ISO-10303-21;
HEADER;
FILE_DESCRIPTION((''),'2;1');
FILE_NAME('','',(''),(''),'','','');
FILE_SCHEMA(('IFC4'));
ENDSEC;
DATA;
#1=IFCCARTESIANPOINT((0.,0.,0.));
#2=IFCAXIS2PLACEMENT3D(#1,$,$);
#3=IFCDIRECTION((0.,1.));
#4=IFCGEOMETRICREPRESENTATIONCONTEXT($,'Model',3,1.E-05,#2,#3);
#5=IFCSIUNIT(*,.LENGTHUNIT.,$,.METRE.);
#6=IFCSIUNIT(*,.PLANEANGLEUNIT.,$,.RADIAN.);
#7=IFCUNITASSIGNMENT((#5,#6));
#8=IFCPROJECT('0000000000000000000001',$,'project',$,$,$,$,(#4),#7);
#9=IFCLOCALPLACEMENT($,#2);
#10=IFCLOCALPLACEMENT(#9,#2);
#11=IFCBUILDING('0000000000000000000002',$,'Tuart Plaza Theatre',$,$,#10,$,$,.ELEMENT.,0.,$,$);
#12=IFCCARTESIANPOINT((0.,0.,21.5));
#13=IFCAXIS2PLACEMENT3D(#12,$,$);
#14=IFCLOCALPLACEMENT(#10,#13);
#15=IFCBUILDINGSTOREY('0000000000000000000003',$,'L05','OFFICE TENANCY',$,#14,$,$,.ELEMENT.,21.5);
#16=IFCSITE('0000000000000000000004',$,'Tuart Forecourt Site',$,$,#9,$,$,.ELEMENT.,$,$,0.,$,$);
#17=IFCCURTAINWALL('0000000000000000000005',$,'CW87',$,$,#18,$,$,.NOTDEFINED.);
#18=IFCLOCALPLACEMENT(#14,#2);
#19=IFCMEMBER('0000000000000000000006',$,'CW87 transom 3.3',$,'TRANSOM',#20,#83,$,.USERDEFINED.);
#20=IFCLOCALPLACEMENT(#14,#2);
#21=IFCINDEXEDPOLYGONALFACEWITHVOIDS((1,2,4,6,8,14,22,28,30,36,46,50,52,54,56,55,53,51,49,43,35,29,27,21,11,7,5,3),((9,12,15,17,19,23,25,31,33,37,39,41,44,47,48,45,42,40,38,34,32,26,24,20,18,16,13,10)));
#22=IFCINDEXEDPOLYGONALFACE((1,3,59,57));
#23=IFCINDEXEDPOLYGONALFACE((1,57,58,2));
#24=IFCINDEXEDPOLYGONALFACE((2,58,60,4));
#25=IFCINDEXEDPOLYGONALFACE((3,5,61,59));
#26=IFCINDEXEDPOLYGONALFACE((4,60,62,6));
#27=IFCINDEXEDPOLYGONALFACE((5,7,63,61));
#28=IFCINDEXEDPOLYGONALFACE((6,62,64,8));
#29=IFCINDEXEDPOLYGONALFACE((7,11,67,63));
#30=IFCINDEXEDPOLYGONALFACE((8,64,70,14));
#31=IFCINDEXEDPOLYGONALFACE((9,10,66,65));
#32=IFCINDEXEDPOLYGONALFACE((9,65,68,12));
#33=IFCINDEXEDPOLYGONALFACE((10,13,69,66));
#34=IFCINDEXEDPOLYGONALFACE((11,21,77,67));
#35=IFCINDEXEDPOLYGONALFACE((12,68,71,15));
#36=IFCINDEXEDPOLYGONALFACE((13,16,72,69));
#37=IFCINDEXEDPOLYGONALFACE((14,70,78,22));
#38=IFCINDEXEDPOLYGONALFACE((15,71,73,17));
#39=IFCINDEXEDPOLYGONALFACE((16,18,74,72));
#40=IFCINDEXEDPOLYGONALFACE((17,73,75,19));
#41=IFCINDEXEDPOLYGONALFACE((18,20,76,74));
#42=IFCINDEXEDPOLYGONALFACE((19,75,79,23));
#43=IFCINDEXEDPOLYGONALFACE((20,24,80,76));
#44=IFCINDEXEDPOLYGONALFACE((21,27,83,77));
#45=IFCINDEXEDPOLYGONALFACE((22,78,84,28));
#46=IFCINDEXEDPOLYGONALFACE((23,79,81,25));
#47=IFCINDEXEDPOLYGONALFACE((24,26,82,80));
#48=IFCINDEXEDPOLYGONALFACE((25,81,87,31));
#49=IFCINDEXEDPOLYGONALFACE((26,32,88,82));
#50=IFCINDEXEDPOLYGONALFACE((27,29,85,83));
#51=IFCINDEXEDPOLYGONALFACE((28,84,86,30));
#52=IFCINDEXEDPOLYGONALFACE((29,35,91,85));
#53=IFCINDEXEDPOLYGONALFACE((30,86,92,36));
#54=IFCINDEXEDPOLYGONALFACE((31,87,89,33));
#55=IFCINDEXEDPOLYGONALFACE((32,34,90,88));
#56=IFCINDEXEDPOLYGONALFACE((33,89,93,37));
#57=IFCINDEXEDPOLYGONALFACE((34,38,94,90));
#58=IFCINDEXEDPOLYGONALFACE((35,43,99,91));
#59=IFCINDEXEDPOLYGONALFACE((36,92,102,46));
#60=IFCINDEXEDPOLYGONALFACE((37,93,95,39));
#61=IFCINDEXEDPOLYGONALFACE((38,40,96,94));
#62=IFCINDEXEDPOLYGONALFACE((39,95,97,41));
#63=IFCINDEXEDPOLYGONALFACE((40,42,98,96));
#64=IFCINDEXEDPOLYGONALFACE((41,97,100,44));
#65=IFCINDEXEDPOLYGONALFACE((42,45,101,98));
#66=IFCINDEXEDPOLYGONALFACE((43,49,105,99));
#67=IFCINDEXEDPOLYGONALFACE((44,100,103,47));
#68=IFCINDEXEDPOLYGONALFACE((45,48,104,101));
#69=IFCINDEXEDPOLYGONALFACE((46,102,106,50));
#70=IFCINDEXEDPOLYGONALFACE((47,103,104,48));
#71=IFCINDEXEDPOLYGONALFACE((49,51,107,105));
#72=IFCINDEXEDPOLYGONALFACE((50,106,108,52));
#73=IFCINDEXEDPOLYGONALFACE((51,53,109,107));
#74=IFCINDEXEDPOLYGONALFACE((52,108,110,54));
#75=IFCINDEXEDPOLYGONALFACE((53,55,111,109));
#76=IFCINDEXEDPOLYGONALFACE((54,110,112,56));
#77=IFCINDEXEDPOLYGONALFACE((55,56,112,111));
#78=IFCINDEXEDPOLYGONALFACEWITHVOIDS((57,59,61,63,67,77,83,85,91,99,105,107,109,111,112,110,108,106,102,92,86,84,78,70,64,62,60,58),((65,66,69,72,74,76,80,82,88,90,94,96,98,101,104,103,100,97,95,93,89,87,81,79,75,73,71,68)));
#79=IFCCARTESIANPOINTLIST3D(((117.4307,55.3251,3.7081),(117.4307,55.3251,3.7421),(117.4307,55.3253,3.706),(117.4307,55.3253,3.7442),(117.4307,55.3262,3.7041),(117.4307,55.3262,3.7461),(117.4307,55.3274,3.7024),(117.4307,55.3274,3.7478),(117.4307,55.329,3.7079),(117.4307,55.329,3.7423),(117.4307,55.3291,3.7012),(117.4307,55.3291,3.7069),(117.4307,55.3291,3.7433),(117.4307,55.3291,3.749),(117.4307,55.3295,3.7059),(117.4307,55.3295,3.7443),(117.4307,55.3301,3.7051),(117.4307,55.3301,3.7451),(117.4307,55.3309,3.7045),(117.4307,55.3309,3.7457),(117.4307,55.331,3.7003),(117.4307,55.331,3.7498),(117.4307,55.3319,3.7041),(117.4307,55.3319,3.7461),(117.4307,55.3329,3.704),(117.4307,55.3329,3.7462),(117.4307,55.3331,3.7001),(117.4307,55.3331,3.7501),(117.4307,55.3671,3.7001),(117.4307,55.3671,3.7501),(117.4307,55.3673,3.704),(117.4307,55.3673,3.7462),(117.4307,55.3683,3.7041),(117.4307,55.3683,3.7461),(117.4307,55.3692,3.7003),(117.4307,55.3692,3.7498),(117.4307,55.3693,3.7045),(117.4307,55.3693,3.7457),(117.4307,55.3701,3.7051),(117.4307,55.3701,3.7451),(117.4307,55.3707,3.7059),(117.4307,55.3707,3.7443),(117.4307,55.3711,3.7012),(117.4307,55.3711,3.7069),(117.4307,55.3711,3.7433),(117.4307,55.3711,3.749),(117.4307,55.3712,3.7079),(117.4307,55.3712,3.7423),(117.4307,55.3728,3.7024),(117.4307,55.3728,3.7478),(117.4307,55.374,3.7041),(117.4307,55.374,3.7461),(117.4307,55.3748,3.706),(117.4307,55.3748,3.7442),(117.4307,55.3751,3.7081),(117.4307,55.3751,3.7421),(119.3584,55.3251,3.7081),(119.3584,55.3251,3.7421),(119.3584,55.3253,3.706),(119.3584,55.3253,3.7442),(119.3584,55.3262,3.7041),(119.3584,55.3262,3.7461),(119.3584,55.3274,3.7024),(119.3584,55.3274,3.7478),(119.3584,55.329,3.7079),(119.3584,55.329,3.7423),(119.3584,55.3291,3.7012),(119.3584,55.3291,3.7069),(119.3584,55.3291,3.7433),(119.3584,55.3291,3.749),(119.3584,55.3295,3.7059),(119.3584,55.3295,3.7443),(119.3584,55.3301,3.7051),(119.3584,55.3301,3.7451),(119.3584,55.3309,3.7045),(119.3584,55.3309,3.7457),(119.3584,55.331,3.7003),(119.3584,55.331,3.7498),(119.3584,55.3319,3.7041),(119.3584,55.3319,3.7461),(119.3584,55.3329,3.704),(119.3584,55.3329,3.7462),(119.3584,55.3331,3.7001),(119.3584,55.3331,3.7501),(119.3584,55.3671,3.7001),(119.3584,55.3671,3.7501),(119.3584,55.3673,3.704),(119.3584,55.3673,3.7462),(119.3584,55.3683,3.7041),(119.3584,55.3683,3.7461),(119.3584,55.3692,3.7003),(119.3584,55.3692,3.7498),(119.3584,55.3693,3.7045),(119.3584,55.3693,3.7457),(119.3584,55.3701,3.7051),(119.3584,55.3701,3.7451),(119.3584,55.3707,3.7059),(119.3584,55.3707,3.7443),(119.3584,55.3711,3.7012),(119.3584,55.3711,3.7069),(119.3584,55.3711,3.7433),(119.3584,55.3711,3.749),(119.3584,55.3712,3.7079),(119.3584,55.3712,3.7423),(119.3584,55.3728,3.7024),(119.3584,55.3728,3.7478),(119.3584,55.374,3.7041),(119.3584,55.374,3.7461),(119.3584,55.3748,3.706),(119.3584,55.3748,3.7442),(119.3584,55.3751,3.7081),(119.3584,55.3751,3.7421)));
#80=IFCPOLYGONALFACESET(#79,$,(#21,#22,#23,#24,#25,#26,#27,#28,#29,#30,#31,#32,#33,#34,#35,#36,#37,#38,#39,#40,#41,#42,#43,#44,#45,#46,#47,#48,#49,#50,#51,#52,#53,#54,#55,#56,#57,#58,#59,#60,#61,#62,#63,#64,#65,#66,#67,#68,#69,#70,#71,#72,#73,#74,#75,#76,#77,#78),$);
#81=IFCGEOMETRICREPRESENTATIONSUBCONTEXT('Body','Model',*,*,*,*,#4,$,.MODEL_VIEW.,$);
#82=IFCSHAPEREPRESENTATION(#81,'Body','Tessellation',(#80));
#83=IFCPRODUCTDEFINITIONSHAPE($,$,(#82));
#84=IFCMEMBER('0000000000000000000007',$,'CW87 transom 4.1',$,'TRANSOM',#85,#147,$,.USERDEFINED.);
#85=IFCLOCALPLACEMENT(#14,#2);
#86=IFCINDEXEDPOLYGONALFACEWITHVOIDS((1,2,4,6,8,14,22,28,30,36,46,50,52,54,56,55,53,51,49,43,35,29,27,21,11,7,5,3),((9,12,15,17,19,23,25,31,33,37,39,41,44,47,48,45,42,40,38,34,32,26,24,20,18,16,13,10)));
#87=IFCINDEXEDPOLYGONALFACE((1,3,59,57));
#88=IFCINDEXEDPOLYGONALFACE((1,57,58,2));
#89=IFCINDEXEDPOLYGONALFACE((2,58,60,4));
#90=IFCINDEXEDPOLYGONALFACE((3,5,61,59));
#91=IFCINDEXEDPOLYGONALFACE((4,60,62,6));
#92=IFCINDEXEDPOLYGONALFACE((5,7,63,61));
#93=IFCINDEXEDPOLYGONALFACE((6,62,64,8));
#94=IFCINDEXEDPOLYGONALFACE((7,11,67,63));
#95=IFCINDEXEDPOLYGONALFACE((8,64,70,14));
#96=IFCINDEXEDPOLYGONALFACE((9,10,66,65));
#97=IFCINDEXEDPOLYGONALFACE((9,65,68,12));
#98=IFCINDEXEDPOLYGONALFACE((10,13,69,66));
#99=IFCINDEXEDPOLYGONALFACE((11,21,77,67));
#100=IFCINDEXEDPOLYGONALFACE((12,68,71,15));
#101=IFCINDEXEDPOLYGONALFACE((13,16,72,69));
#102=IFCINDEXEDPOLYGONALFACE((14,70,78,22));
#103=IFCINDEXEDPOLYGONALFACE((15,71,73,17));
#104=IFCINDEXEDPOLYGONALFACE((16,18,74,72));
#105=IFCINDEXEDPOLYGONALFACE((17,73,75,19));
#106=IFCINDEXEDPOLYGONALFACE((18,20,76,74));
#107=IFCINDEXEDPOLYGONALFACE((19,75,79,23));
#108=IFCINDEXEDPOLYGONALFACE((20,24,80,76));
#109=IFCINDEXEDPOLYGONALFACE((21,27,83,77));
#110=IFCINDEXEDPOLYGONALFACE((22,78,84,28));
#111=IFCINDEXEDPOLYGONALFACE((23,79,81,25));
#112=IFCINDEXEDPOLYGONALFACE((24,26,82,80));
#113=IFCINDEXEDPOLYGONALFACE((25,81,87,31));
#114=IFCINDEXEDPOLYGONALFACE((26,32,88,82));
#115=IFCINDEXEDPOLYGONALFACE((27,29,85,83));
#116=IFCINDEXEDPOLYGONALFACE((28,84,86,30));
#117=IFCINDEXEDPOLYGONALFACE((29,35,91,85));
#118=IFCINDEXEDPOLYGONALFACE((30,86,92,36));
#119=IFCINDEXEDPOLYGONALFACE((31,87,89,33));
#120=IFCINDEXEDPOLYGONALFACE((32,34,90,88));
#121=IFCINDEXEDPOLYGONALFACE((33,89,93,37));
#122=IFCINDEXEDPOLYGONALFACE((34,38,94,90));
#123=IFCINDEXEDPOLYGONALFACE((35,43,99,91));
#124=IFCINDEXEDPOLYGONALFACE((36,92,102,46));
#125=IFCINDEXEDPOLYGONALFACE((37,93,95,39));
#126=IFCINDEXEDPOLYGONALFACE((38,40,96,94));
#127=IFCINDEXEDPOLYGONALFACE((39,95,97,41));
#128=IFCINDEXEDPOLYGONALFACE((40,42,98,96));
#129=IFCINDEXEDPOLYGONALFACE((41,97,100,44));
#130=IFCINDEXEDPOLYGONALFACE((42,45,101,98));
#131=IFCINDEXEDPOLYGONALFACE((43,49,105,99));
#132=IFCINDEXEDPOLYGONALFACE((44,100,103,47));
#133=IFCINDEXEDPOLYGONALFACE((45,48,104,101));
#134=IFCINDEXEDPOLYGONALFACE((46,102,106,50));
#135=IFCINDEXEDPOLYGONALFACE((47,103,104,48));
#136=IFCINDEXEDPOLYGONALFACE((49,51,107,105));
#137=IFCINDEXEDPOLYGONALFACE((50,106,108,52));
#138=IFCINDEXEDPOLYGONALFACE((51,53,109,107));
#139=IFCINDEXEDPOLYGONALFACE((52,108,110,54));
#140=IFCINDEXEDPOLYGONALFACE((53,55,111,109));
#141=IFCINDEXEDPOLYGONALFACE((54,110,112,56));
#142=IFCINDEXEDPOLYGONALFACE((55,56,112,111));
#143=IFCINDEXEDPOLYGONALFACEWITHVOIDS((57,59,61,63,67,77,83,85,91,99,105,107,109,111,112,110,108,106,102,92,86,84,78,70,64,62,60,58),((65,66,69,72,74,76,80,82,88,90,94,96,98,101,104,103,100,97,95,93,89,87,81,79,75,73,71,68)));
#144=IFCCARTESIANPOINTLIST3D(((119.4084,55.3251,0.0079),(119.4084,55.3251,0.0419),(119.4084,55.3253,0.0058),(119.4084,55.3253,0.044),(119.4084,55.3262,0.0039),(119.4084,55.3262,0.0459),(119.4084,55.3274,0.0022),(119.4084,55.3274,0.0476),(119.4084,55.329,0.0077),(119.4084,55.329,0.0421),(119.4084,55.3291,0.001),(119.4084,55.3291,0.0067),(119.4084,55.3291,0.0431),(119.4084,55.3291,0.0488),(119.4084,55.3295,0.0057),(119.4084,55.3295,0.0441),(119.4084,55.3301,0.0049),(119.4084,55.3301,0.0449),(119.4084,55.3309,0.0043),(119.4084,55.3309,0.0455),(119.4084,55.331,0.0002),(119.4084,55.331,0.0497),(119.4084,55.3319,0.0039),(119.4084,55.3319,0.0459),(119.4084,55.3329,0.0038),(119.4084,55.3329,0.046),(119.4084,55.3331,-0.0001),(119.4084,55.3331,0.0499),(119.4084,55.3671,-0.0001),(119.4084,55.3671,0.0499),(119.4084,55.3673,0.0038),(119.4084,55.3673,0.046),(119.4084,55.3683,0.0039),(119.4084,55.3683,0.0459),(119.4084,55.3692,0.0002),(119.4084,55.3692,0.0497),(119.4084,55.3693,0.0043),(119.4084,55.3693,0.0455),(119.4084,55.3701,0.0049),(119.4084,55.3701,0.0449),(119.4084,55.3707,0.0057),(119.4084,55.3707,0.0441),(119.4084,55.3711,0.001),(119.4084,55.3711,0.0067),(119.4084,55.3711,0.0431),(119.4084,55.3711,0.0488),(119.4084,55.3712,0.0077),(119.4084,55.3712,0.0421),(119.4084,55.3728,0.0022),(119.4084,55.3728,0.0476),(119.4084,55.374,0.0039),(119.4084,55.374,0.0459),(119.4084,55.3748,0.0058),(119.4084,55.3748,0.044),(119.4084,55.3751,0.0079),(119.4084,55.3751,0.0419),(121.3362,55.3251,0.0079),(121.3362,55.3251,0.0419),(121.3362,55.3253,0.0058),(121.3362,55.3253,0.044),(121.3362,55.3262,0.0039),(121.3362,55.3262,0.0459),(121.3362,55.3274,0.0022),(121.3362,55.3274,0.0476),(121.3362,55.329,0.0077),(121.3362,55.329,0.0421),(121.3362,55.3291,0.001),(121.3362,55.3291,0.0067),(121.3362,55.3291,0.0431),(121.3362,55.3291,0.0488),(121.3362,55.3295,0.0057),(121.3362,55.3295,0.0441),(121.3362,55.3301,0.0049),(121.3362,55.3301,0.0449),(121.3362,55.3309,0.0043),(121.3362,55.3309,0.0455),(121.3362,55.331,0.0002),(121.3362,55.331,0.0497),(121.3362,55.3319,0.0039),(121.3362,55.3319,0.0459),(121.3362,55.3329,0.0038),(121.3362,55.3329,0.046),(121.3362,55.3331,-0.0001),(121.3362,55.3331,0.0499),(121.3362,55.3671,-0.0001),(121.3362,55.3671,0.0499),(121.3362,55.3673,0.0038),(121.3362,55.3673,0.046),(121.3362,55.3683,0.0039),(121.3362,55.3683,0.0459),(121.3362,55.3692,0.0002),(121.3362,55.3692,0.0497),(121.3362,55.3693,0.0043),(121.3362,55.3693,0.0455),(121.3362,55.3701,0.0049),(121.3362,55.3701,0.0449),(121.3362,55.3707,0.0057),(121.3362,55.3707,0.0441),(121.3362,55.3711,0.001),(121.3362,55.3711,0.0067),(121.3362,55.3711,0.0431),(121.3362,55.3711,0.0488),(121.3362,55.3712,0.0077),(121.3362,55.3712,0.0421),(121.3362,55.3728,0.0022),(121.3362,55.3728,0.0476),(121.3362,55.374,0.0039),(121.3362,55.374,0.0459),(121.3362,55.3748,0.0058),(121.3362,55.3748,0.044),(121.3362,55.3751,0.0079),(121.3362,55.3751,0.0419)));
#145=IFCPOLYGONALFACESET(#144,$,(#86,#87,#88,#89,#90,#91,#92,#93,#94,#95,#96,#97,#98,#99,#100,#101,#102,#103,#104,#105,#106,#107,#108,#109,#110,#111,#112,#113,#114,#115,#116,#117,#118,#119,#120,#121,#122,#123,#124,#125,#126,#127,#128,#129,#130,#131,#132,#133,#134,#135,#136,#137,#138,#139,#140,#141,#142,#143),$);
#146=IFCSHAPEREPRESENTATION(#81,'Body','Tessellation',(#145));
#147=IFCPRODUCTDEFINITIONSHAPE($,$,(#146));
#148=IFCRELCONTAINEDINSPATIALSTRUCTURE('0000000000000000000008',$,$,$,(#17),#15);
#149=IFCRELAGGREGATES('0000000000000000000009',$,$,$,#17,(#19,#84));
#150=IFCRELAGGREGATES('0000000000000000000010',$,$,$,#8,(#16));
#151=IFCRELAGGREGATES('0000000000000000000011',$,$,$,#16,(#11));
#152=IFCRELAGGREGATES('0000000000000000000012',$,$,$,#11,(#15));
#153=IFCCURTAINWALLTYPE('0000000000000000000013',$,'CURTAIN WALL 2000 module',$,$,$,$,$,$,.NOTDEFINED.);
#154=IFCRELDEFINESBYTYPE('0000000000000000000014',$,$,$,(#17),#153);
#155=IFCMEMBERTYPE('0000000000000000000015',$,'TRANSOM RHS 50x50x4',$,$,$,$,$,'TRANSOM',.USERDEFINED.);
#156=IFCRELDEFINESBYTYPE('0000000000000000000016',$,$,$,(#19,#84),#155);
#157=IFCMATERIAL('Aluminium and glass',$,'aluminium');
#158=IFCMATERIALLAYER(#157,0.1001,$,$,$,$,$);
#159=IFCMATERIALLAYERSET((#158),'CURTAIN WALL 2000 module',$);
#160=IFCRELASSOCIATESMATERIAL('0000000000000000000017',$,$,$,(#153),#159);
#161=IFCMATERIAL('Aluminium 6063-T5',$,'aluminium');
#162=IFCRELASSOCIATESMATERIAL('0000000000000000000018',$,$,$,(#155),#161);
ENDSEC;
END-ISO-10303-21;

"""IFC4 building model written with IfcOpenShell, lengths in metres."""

from ifc_helpers import new_model, si_unit, direction, frame, origin, origin_2d, place, context, subcontext, project, spatial, hollow_rectangle, extrude, material, layer, layer_set, material_profile, profile_set, type_object, element, aggregate, save


model = new_model("IFC4")

# Units and contexts
model_context = context("Model", 3, precision=1e-05, world=origin(), true_north=direction((0.0, 1.0)))
body_context = subcontext(model_context, "Body", "Model", "MODEL_VIEW")
ifc_project = project(units=[si_unit("LENGTHUNIT", "METRE"), si_unit("PLANEANGLEUNIT", "RADIAN")], contexts=[model_context])

# Site, building, storey
site_placement = place(None, origin())
site = spatial("IfcSite", under=ifc_project, at=site_placement, Name="Tuart Forecourt Site", CompositionType="ELEMENT", RefElevation=0.0)
building_placement = place(site_placement, origin())
building = spatial("IfcBuilding", under=site, at=building_placement, Name="Tuart Plaza Theatre", CompositionType="ELEMENT", ElevationOfRefHeight=0.0)
storey_placement = place(building_placement, frame((0.0, 0.0, 21.5)))
storey = spatial("IfcBuildingStorey", under=building, at=storey_placement, Name="L05", Description="OFFICE TENANCY", CompositionType="ELEMENT", Elevation=21.5)

# Curtain wall, members
ifc_material_1 = material(Name="Aluminium and glass", Category="aluminium")
ifc_layer_1 = layer(ifc_material_1, 0.1001)
ifc_layer_set_1 = layer_set([ifc_layer_1], Name="CURTAIN WALL 2000 module")
curtain_wall_type = type_object("IfcCurtainWallType", Name="CURTAIN WALL 2000 module", PredefinedType="NOTDEFINED", material=ifc_layer_set_1)
curtain_wall_placement = place(storey_placement, origin())
curtain_wall = element("IfcCurtainWall", 1, at=curtain_wall_placement, inside=storey, type_object=curtain_wall_type, Name="CW87", PredefinedType="NOTDEFINED")
ifc_material_2 = material(Name="Aluminium 6063-T5", Category="aluminium")
ifc_material_profile_1 = material_profile(ifc_material_2, hollow_rectangle(XDim=0.05, YDim=0.05, WallThickness=0.0039, InnerFilletRadius=0.0039, OuterFilletRadius=0.0081, at=origin_2d()), Name="RHS 50x50x4")
ifc_profile_set_1 = profile_set([ifc_material_profile_1], Name="Aluminium 6063-T5")
member_type_1 = type_object("IfcMemberType", Name="TRANSOM RHS 50x50x4", ElementType="TRANSOM", PredefinedType="USERDEFINED", material=ifc_profile_set_1)
member_1_placement = place(storey_placement, frame((117.4307, 55.3501, 3.7251), z_axis=(1.0, 0.0, 0.0), x_axis=(0.0, 1.0, 0.0)))
member_1 = element("IfcMember", 2, at=member_1_placement, type_object=member_type_1, Name="CW87 transom 3.3", ObjectType="TRANSOM", PredefinedType="USERDEFINED", context=body_context, shape_type="SweptSolid", body=[
    extrude(hollow_rectangle(XDim=0.05, YDim=0.05, WallThickness=0.0039, InnerFilletRadius=0.0039, OuterFilletRadius=0.0081, at=origin_2d()), origin(), (0.0, 0.0, 1.0), 1.9277),
])
member_2_placement = place(storey_placement, frame((119.4084, 55.3501, 0.0249), z_axis=(1.0, 0.0, 0.0), x_axis=(0.0, 1.0, 0.0)))
member_2 = element("IfcMember", 3, at=member_2_placement, type_object=member_type_1, Name="CW87 transom 4.1", ObjectType="TRANSOM", PredefinedType="USERDEFINED", context=body_context, shape_type="SweptSolid", body=[
    extrude(hollow_rectangle(XDim=0.05, YDim=0.05, WallThickness=0.0039, InnerFilletRadius=0.0039, OuterFilletRadius=0.0081, at=origin_2d()), origin(), (0.0, 0.0, 1.0), 1.9277),
])
aggregate(curtain_wall, [member_1, member_2])

save(model, "model.ifc")
